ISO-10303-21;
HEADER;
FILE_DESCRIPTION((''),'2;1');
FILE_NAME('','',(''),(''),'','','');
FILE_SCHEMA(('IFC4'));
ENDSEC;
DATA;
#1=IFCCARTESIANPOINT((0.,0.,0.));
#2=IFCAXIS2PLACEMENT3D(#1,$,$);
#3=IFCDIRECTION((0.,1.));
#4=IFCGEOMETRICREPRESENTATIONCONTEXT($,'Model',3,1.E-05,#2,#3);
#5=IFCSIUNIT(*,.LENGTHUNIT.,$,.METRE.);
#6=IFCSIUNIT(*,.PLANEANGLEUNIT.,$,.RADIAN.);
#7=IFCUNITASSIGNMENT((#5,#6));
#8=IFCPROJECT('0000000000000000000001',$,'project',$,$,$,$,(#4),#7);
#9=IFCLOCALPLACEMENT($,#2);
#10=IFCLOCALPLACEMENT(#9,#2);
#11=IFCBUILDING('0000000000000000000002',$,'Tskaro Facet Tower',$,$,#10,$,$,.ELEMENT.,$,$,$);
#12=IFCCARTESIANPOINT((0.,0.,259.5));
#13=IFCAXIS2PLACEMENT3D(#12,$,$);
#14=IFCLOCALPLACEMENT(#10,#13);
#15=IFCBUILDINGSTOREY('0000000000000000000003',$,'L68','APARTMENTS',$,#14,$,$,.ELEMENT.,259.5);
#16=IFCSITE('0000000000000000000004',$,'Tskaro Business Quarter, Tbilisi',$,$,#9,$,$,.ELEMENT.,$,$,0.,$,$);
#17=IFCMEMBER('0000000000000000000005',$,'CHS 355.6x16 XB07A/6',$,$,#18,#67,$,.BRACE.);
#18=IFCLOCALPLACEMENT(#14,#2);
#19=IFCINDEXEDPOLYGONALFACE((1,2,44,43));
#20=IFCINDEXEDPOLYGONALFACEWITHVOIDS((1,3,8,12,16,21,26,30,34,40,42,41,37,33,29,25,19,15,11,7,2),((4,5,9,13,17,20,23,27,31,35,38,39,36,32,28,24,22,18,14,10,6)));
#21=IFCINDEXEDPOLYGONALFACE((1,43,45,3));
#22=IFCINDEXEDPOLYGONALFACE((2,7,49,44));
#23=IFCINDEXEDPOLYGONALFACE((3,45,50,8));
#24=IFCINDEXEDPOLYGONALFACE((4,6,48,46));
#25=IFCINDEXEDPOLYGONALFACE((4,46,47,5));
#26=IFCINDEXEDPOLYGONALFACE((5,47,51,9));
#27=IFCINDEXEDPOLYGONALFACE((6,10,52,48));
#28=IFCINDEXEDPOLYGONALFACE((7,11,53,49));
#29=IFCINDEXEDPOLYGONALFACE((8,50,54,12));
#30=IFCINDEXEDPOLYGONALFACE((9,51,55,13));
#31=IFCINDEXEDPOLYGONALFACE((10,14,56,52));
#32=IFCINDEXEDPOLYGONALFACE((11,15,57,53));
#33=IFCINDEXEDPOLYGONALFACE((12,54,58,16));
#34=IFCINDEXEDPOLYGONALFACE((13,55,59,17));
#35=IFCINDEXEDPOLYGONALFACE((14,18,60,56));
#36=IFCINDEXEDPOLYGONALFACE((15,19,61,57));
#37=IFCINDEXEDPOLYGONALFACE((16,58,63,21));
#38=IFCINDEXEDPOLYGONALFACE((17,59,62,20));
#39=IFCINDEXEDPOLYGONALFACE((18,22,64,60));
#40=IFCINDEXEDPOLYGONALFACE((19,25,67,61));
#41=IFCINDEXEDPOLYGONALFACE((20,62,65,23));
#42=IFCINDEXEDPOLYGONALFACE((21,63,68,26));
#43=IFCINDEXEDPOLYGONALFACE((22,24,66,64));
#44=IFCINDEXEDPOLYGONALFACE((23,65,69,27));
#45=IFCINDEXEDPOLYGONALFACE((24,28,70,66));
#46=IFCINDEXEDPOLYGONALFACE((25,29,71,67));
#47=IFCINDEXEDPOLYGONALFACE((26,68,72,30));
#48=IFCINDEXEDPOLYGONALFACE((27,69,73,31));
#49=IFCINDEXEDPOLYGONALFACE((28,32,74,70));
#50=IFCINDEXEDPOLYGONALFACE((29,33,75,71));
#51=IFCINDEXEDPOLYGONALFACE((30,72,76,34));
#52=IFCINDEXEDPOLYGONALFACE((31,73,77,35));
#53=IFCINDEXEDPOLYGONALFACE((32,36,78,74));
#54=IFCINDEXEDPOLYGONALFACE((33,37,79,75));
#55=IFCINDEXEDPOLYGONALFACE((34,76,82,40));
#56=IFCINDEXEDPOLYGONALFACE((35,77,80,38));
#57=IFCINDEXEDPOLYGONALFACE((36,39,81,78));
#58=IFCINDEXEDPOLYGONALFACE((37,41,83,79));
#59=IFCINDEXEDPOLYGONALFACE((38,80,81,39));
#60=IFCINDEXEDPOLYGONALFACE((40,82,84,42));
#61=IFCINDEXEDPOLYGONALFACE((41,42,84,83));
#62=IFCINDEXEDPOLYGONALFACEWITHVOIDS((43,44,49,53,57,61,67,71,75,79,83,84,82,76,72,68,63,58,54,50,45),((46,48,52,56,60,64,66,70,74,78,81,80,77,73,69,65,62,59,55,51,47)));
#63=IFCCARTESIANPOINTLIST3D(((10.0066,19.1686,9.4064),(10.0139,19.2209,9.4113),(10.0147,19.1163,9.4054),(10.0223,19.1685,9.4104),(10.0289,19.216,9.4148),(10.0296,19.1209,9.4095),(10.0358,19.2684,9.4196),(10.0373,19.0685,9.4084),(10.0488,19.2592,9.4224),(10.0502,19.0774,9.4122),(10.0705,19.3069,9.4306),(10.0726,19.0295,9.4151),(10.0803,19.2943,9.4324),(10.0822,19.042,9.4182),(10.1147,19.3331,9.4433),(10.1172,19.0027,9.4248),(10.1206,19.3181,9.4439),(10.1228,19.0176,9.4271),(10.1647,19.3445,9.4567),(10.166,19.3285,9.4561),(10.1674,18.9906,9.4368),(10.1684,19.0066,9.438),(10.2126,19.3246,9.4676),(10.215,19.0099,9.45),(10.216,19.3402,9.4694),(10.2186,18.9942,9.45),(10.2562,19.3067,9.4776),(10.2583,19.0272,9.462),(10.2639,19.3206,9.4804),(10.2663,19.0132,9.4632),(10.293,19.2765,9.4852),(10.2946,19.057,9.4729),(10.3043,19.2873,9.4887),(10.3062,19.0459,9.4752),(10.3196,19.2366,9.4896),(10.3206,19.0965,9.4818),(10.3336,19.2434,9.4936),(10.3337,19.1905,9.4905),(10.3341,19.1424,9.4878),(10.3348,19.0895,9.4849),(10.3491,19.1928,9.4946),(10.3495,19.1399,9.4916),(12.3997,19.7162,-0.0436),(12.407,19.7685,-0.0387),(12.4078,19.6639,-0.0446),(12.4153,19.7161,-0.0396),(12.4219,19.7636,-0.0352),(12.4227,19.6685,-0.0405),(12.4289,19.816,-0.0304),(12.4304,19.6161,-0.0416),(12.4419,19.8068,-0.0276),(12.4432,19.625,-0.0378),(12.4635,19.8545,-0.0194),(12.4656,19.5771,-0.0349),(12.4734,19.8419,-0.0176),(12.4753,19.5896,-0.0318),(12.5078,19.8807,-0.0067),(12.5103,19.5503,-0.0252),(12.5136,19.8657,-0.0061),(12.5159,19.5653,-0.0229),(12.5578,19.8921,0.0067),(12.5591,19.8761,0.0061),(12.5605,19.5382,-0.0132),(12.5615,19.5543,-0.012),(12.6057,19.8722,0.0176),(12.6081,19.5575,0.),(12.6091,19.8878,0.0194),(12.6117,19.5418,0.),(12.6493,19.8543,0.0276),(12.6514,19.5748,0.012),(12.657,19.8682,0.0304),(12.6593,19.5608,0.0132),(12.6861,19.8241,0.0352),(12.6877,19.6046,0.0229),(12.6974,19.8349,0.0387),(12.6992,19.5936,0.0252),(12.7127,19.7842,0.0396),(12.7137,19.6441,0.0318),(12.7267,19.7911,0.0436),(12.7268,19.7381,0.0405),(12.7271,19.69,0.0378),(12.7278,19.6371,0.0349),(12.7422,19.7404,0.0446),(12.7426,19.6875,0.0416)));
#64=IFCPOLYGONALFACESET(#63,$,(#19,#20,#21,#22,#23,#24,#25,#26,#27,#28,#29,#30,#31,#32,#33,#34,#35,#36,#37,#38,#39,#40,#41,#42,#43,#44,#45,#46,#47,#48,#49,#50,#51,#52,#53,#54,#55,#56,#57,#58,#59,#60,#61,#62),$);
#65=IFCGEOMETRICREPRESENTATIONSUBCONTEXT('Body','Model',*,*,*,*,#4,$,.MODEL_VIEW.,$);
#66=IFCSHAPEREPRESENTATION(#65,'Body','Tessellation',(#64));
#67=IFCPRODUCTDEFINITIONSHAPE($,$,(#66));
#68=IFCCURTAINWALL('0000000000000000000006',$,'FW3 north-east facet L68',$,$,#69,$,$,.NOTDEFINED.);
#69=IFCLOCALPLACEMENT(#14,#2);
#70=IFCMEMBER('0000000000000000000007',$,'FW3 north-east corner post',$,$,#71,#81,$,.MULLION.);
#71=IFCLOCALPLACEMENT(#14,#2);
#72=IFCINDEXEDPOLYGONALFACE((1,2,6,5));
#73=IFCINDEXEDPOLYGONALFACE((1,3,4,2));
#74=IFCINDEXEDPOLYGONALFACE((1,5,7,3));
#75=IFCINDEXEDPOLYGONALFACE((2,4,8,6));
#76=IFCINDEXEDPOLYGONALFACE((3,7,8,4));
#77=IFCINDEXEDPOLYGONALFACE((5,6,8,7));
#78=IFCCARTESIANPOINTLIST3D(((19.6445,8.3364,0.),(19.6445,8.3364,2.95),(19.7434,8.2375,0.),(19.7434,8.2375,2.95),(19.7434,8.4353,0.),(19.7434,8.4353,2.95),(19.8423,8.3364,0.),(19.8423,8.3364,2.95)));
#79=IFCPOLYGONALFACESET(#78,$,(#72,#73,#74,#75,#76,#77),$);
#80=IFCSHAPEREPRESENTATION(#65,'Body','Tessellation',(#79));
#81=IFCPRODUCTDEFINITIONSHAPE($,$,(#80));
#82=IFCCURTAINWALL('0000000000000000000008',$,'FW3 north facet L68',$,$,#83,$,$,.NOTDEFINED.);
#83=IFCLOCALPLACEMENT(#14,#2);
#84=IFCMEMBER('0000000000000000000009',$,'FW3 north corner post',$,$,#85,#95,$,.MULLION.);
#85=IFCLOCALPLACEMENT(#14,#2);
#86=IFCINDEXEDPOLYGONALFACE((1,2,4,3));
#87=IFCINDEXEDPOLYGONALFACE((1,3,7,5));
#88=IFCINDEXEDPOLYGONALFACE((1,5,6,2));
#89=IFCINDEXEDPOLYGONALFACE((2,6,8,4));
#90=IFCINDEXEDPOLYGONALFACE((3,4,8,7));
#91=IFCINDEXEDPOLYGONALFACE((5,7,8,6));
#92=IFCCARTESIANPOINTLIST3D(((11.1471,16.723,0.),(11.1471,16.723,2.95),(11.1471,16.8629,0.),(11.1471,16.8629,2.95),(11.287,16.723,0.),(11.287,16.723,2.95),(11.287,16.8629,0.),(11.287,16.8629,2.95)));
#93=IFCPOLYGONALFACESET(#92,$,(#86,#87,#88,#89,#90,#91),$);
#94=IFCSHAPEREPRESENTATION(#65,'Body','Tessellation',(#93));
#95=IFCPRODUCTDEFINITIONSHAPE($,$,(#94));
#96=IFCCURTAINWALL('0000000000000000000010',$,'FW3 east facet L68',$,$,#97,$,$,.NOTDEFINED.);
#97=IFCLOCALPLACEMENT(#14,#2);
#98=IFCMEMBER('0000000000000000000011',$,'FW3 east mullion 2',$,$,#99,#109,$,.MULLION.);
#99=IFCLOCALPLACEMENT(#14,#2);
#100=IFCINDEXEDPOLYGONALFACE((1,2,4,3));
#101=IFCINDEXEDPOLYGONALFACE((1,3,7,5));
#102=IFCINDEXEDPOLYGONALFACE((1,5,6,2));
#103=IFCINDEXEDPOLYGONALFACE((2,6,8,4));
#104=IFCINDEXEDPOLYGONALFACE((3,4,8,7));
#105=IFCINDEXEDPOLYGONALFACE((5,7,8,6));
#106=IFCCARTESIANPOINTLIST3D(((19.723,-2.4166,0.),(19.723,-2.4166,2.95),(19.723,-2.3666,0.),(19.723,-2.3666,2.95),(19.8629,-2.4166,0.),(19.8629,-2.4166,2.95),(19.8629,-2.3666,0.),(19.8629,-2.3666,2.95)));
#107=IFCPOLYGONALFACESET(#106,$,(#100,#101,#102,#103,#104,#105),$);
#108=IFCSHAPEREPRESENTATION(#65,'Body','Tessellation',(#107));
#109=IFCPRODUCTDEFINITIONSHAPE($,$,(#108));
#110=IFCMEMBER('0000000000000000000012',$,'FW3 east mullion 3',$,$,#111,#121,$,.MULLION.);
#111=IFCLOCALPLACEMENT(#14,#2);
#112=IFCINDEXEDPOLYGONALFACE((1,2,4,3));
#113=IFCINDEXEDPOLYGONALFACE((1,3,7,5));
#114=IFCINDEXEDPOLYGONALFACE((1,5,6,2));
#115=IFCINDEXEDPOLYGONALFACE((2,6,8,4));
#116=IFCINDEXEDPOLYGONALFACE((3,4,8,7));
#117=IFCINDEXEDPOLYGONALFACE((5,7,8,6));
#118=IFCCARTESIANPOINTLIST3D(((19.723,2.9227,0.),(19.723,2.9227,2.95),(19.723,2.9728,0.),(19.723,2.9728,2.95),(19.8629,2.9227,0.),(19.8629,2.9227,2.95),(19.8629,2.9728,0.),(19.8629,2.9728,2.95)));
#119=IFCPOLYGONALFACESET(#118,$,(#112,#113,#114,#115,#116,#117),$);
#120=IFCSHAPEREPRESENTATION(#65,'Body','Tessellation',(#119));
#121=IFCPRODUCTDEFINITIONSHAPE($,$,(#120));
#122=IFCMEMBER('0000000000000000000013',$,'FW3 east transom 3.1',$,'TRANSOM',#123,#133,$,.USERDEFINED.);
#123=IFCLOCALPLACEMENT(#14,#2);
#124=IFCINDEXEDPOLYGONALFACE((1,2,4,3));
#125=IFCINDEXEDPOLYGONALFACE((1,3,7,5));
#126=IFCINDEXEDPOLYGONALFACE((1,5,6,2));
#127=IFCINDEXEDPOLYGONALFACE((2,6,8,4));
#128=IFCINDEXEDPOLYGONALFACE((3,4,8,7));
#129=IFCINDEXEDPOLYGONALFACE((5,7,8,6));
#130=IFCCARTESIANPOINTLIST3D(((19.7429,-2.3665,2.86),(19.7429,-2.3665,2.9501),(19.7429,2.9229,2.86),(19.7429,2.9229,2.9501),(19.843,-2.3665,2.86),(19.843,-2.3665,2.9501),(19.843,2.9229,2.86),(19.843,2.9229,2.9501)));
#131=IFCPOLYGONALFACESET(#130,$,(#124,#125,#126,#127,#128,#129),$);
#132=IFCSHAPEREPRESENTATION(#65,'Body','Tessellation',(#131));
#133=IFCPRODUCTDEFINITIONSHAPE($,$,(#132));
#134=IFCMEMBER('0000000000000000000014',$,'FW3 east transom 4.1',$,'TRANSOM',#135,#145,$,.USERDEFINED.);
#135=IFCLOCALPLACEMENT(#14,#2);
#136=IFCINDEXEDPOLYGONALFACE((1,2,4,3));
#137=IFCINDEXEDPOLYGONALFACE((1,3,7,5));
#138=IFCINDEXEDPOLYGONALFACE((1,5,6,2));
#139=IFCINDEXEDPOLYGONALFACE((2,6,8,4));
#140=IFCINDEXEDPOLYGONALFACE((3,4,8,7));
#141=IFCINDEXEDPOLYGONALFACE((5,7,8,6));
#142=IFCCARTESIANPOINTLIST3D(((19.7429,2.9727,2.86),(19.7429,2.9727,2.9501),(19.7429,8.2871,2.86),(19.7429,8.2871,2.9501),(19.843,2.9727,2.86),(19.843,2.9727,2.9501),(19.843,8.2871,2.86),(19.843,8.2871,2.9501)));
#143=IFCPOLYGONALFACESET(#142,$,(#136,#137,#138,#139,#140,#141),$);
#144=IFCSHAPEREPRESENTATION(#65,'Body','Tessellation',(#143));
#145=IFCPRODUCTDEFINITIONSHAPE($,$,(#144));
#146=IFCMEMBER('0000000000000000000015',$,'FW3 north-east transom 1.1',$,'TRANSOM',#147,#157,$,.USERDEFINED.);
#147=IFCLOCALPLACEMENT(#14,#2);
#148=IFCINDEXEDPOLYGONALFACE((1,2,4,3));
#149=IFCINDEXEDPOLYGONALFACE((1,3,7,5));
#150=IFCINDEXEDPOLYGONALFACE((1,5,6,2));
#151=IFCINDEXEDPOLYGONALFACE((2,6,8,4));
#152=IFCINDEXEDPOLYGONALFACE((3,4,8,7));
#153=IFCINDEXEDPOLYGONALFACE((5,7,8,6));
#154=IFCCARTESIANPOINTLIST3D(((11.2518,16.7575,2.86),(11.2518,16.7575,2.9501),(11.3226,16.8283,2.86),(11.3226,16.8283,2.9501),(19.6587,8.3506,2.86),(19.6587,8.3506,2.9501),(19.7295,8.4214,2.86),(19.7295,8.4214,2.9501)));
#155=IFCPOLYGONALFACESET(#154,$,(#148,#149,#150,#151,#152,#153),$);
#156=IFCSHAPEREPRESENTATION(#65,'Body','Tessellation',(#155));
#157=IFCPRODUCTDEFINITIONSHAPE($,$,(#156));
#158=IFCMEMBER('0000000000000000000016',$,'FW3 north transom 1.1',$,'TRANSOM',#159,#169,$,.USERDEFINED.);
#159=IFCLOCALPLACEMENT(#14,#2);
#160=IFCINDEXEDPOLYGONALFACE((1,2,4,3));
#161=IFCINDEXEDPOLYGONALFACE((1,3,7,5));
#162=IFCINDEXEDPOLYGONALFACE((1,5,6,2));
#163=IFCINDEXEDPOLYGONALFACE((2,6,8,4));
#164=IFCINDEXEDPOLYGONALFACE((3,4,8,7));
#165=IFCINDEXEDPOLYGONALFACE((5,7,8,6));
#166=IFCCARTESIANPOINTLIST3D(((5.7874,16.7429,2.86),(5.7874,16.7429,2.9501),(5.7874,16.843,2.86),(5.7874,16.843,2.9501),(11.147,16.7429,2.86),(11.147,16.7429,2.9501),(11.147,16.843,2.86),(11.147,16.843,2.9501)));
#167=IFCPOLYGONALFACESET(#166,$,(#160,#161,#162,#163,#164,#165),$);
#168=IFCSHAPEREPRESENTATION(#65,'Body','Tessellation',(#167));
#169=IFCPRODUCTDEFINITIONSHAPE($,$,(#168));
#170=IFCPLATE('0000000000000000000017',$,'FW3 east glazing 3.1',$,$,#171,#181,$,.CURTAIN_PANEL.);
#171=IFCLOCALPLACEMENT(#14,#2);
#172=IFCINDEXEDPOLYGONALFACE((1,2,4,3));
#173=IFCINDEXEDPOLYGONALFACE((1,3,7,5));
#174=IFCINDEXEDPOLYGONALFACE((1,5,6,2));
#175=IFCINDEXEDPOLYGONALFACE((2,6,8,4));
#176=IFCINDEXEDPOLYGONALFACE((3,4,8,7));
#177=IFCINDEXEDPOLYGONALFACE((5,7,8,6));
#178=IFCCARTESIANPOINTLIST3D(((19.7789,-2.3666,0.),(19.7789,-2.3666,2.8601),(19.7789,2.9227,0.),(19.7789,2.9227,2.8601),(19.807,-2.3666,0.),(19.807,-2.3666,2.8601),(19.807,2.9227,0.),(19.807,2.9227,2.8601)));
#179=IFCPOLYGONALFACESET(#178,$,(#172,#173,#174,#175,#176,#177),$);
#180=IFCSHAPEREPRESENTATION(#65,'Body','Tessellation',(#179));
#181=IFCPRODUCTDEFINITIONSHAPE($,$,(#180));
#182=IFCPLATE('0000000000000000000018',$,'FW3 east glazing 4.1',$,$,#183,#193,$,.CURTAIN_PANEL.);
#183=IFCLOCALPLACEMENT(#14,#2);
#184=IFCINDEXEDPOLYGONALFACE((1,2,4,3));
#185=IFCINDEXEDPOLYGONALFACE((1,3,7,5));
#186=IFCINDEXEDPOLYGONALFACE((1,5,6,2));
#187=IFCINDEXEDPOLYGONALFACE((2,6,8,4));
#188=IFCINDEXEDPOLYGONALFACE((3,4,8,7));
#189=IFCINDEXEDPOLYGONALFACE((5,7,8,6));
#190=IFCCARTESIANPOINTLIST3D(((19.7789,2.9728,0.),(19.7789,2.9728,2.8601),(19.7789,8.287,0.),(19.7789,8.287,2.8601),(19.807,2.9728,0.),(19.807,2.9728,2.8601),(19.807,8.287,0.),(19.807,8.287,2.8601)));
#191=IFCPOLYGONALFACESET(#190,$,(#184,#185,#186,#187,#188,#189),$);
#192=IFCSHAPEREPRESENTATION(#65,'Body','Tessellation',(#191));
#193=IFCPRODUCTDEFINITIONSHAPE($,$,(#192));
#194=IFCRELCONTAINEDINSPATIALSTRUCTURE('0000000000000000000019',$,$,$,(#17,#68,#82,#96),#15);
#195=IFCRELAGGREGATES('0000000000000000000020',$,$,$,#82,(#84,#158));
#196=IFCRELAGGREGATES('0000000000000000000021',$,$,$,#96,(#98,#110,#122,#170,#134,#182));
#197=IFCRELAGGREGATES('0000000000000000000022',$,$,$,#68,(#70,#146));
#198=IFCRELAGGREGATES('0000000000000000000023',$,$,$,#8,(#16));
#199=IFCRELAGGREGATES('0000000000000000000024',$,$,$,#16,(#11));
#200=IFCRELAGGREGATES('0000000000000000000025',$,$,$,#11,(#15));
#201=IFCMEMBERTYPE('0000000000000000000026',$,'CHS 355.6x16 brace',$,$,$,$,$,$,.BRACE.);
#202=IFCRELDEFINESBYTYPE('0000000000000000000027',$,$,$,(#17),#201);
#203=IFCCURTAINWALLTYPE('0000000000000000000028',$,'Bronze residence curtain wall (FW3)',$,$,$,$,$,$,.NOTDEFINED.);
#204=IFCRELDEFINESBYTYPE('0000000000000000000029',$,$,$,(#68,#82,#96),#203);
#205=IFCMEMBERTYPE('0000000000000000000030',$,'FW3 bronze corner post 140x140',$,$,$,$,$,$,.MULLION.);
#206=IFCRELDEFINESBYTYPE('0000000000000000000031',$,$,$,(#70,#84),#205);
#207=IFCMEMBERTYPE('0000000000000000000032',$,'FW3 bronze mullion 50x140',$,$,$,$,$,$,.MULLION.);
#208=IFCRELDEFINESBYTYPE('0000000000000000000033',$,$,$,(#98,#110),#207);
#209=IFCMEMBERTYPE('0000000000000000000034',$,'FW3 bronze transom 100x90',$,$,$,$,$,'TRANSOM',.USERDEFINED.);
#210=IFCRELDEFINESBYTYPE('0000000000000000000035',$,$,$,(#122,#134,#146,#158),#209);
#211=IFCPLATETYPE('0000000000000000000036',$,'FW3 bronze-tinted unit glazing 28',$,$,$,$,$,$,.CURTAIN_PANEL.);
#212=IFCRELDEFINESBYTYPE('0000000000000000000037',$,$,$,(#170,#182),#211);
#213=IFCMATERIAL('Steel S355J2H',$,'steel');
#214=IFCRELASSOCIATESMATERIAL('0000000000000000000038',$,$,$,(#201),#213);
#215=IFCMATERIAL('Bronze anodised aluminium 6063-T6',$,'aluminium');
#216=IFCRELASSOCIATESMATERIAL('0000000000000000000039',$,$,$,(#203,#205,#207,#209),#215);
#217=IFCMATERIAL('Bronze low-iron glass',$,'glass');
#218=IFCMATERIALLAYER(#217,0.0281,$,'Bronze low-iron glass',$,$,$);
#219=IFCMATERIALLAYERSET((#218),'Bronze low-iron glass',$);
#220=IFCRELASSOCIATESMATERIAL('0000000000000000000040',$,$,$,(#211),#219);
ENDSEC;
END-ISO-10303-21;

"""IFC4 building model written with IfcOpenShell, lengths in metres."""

from ifc_helpers import new_model, si_unit, direction, frame, origin, origin_2d, place, context, subcontext, project, spatial, rectangle, hollow_circle, extrude, material, layer, layer_set, material_profile, profile_set, type_object, element, aggregate, save


model = new_model("IFC4")

# Units and contexts
model_context = context("Model", 3, precision=1e-05, world=origin(), true_north=direction((0.0, 1.0)))
body_context = subcontext(model_context, "Body", "Model", "MODEL_VIEW")
ifc_project = project(units=[si_unit("LENGTHUNIT", "METRE"), si_unit("PLANEANGLEUNIT", "RADIAN")], contexts=[model_context])

# Site, building, storey
site_placement = place(None, origin())
site = spatial("IfcSite", under=ifc_project, at=site_placement, Name="Tskaro Business Quarter, Tbilisi", CompositionType="ELEMENT", RefElevation=0.0)
building_placement = place(site_placement, origin())
building = spatial("IfcBuilding", under=site, at=building_placement, Name="Tskaro Facet Tower", CompositionType="ELEMENT")
storey_placement = place(building_placement, frame((0.0, 0.0, 259.5)))
storey = spatial("IfcBuildingStorey", under=building, at=storey_placement, Name="L68", Description="APARTMENTS", CompositionType="ELEMENT", Elevation=259.5)

# Shared definitions
ifc_material_1 = material(Name="Steel S355J2H", Category="steel")

# Member
ifc_material_profile_1 = material_profile(ifc_material_1, hollow_circle(Radius=0.1777, WallThickness=0.0161, at=origin_2d()), Name="CHS 355.6x16")
ifc_profile_set_1 = profile_set([ifc_material_profile_1], Name="Steel S355J2H")
member_type_1 = type_object("IfcMemberType", Name="CHS 355.6x16 brace", PredefinedType="BRACE", material=ifc_profile_set_1)
member_1_placement = place(storey_placement, frame((12.572, 19.7151, 0.0), z_axis=(-0.2451, -0.056087, 0.967874), x_axis=(0.223065, -0.974804, 0.0)))
element("IfcMember", 1, at=member_1_placement, inside=storey, type_object=member_type_1, Name="CHS 355.6x16 XB07A/6", PredefinedType="BRACE", context=body_context, shape_type="SweptSolid", body=[
    extrude(hollow_circle(Radius=0.1777, WallThickness=0.0161, at=origin_2d()), origin(), (0.0, 0.0, 1.0), 9.7637),
])

# Curtain walls, members
ifc_material_2 = material(Name="Bronze anodised aluminium 6063-T6", Category="aluminium")
curtain_wall_type = type_object("IfcCurtainWallType", Name="Bronze residence curtain wall (FW3)", PredefinedType="NOTDEFINED", material=ifc_material_2)
curtain_wall_1_placement = place(storey_placement, origin())
curtain_wall_1 = element("IfcCurtainWall", 2, at=curtain_wall_1_placement, inside=storey, type_object=curtain_wall_type, Name="FW3 north-east facet L68", PredefinedType="NOTDEFINED")
ifc_material_profile_2 = material_profile(ifc_material_2, rectangle(XDim=0.1399, YDim=0.1399, at=origin_2d()), Name="Corner post 140x140")
ifc_profile_set_2 = profile_set([ifc_material_profile_2], Name="Bronze anodised aluminium 6063-T6")
member_type_2 = type_object("IfcMemberType", Name="FW3 bronze corner post 140x140", PredefinedType="MULLION", material=ifc_profile_set_2)
member_2_placement = place(storey_placement, frame((19.7434, 8.3364, 0.0), z_axis=(0.0, 0.0, 1.0), x_axis=(-0.707107, 0.707107, 0.0)))
member_2 = element("IfcMember", 3, at=member_2_placement, type_object=member_type_2, Name="FW3 north-east corner post", PredefinedType="MULLION", context=body_context, shape_type="SweptSolid", body=[
    extrude(rectangle(XDim=0.1399, YDim=0.1399, at=origin_2d()), origin(), (0.0, 0.0, 1.0), 2.95),
])
curtain_wall_2_placement = place(storey_placement, origin())
curtain_wall_2 = element("IfcCurtainWall", 4, at=curtain_wall_2_placement, inside=storey, type_object=curtain_wall_type, Name="FW3 north facet L68", PredefinedType="NOTDEFINED")
member_3_placement = place(storey_placement, frame((11.217, 16.793, 0.0), z_axis=(0.0, 0.0, 1.0), x_axis=(-1.0, 0.0, 0.0)))
member_3 = element("IfcMember", 5, at=member_3_placement, type_object=member_type_2, Name="FW3 north corner post", PredefinedType="MULLION", context=body_context, shape_type="SweptSolid", body=[
    extrude(rectangle(XDim=0.1399, YDim=0.1399, at=origin_2d()), origin(), (0.0, 0.0, 1.0), 2.95),
])

# Curtain wall, members
curtain_wall_3_placement = place(storey_placement, origin())
curtain_wall_3 = element("IfcCurtainWall", 6, at=curtain_wall_3_placement, inside=storey, type_object=curtain_wall_type, Name="FW3 east facet L68", PredefinedType="NOTDEFINED")
ifc_material_profile_3 = material_profile(ifc_material_2, rectangle(XDim=0.05, YDim=0.1399, at=origin_2d()), Name="Mullion 50x140")
ifc_profile_set_3 = profile_set([ifc_material_profile_3], Name="Bronze anodised aluminium 6063-T6")
member_type_3 = type_object("IfcMemberType", Name="FW3 bronze mullion 50x140", PredefinedType="MULLION", material=ifc_profile_set_3)
member_4_placement = place(storey_placement, frame((19.793, -2.3916, 0.0), z_axis=(0.0, 0.0, 1.0), x_axis=(0.0, 1.0, 0.0)))
member_4 = element("IfcMember", 7, at=member_4_placement, type_object=member_type_3, Name="FW3 east mullion 2", PredefinedType="MULLION", context=body_context, shape_type="SweptSolid", body=[
    extrude(rectangle(XDim=0.05, YDim=0.1399, at=origin_2d()), origin(), (0.0, 0.0, 1.0), 2.95),
])
member_5_placement = place(storey_placement, frame((19.793, 2.9478, 0.0), z_axis=(0.0, 0.0, 1.0), x_axis=(0.0, 1.0, 0.0)))
member_5 = element("IfcMember", 8, at=member_5_placement, type_object=member_type_3, Name="FW3 east mullion 3", PredefinedType="MULLION", context=body_context, shape_type="SweptSolid", body=[
    extrude(rectangle(XDim=0.05, YDim=0.1399, at=origin_2d()), origin(), (0.0, 0.0, 1.0), 2.95),
])
ifc_material_profile_4 = material_profile(ifc_material_2, rectangle(XDim=0.1001, YDim=0.0901, at=origin_2d()), Name="Transom 100x90")
ifc_profile_set_4 = profile_set([ifc_material_profile_4], Name="Bronze anodised aluminium 6063-T6")
member_type_4 = type_object("IfcMemberType", Name="FW3 bronze transom 100x90", ElementType="TRANSOM", PredefinedType="USERDEFINED", material=ifc_profile_set_4)
member_6_placement = place(storey_placement, frame((19.793, -2.3665, 2.905), z_axis=(0.0, 1.0, 0.0), x_axis=(-1.0, 0.0, 0.0)))
member_6 = element("IfcMember", 9, at=member_6_placement, type_object=member_type_4, Name="FW3 east transom 3.1", ObjectType="TRANSOM", PredefinedType="USERDEFINED", context=body_context, shape_type="SweptSolid", body=[
    extrude(rectangle(XDim=0.1001, YDim=0.0901, at=origin_2d()), origin(), (0.0, 0.0, 1.0), 5.2893),
])
member_7_placement = place(storey_placement, frame((19.793, 2.9727, 2.905), z_axis=(0.0, 1.0, 0.0), x_axis=(-1.0, 0.0, 0.0)))
member_7 = element("IfcMember", 10, at=member_7_placement, type_object=member_type_4, Name="FW3 east transom 4.1", ObjectType="TRANSOM", PredefinedType="USERDEFINED", context=body_context, shape_type="SweptSolid", body=[
    extrude(rectangle(XDim=0.1001, YDim=0.0901, at=origin_2d()), origin(), (0.0, 0.0, 1.0), 5.3145),
])

# Members
member_8_placement = place(storey_placement, frame((19.6941, 8.386, 2.905), z_axis=(-0.707107, 0.707107, 0.0), x_axis=(-0.707107, -0.707107, 0.0)))
member_8 = element("IfcMember", 11, at=member_8_placement, type_object=member_type_4, Name="FW3 north-east transom 1.1", ObjectType="TRANSOM", PredefinedType="USERDEFINED", context=body_context, shape_type="SweptSolid", body=[
    extrude(rectangle(XDim=0.1001, YDim=0.0901, at=origin_2d()), origin(), (0.0, 0.0, 1.0), 11.8892),
])
member_9_placement = place(storey_placement, frame((11.147, 16.793, 2.905), z_axis=(-1.0, 0.0, 0.0), x_axis=(0.0, -1.0, 0.0)))
member_9 = element("IfcMember", 12, at=member_9_placement, type_object=member_type_4, Name="FW3 north transom 1.1", ObjectType="TRANSOM", PredefinedType="USERDEFINED", context=body_context, shape_type="SweptSolid", body=[
    extrude(rectangle(XDim=0.1001, YDim=0.0901, at=origin_2d()), origin(), (0.0, 0.0, 1.0), 5.3596),
])
aggregate(curtain_wall_2, [member_3, member_9])

# Plates
ifc_material_3 = material(Name="Bronze low-iron glass", Category="glass")
ifc_layer_1 = layer(ifc_material_3, 0.0281, Name="Bronze low-iron glass")
ifc_layer_set_1 = layer_set([ifc_layer_1], Name="Bronze low-iron glass")
plate_type = type_object("IfcPlateType", Name="FW3 bronze-tinted unit glazing 28", PredefinedType="CURTAIN_PANEL", material=ifc_layer_set_1)
plate_1_placement = place(storey_placement, frame((19.793, 0.2781, 0.0), z_axis=(0.0, 0.0, 1.0), x_axis=(0.0, 1.0, 0.0)))
plate_1 = element("IfcPlate", 13, at=plate_1_placement, type_object=plate_type, Name="FW3 east glazing 3.1", PredefinedType="CURTAIN_PANEL", context=body_context, shape_type="SweptSolid", body=[
    extrude(rectangle(XDim=5.2893, YDim=0.0281, at=origin_2d()), origin(), (0.0, 0.0, 1.0), 2.8601),
])
plate_2_placement = place(storey_placement, frame((19.793, 5.6299, 0.0), z_axis=(0.0, 0.0, 1.0), x_axis=(0.0, 1.0, 0.0)))
plate_2 = element("IfcPlate", 14, at=plate_2_placement, type_object=plate_type, Name="FW3 east glazing 4.1", PredefinedType="CURTAIN_PANEL", context=body_context, shape_type="SweptSolid", body=[
    extrude(rectangle(XDim=5.3142, YDim=0.0281, at=origin_2d()), origin(), (0.0, 0.0, 1.0), 2.8601),
])
aggregate(curtain_wall_3, [member_4, member_5, member_6, plate_1, member_7, plate_2])
aggregate(curtain_wall_1, [member_2, member_8])

save(model, "model.ifc")
